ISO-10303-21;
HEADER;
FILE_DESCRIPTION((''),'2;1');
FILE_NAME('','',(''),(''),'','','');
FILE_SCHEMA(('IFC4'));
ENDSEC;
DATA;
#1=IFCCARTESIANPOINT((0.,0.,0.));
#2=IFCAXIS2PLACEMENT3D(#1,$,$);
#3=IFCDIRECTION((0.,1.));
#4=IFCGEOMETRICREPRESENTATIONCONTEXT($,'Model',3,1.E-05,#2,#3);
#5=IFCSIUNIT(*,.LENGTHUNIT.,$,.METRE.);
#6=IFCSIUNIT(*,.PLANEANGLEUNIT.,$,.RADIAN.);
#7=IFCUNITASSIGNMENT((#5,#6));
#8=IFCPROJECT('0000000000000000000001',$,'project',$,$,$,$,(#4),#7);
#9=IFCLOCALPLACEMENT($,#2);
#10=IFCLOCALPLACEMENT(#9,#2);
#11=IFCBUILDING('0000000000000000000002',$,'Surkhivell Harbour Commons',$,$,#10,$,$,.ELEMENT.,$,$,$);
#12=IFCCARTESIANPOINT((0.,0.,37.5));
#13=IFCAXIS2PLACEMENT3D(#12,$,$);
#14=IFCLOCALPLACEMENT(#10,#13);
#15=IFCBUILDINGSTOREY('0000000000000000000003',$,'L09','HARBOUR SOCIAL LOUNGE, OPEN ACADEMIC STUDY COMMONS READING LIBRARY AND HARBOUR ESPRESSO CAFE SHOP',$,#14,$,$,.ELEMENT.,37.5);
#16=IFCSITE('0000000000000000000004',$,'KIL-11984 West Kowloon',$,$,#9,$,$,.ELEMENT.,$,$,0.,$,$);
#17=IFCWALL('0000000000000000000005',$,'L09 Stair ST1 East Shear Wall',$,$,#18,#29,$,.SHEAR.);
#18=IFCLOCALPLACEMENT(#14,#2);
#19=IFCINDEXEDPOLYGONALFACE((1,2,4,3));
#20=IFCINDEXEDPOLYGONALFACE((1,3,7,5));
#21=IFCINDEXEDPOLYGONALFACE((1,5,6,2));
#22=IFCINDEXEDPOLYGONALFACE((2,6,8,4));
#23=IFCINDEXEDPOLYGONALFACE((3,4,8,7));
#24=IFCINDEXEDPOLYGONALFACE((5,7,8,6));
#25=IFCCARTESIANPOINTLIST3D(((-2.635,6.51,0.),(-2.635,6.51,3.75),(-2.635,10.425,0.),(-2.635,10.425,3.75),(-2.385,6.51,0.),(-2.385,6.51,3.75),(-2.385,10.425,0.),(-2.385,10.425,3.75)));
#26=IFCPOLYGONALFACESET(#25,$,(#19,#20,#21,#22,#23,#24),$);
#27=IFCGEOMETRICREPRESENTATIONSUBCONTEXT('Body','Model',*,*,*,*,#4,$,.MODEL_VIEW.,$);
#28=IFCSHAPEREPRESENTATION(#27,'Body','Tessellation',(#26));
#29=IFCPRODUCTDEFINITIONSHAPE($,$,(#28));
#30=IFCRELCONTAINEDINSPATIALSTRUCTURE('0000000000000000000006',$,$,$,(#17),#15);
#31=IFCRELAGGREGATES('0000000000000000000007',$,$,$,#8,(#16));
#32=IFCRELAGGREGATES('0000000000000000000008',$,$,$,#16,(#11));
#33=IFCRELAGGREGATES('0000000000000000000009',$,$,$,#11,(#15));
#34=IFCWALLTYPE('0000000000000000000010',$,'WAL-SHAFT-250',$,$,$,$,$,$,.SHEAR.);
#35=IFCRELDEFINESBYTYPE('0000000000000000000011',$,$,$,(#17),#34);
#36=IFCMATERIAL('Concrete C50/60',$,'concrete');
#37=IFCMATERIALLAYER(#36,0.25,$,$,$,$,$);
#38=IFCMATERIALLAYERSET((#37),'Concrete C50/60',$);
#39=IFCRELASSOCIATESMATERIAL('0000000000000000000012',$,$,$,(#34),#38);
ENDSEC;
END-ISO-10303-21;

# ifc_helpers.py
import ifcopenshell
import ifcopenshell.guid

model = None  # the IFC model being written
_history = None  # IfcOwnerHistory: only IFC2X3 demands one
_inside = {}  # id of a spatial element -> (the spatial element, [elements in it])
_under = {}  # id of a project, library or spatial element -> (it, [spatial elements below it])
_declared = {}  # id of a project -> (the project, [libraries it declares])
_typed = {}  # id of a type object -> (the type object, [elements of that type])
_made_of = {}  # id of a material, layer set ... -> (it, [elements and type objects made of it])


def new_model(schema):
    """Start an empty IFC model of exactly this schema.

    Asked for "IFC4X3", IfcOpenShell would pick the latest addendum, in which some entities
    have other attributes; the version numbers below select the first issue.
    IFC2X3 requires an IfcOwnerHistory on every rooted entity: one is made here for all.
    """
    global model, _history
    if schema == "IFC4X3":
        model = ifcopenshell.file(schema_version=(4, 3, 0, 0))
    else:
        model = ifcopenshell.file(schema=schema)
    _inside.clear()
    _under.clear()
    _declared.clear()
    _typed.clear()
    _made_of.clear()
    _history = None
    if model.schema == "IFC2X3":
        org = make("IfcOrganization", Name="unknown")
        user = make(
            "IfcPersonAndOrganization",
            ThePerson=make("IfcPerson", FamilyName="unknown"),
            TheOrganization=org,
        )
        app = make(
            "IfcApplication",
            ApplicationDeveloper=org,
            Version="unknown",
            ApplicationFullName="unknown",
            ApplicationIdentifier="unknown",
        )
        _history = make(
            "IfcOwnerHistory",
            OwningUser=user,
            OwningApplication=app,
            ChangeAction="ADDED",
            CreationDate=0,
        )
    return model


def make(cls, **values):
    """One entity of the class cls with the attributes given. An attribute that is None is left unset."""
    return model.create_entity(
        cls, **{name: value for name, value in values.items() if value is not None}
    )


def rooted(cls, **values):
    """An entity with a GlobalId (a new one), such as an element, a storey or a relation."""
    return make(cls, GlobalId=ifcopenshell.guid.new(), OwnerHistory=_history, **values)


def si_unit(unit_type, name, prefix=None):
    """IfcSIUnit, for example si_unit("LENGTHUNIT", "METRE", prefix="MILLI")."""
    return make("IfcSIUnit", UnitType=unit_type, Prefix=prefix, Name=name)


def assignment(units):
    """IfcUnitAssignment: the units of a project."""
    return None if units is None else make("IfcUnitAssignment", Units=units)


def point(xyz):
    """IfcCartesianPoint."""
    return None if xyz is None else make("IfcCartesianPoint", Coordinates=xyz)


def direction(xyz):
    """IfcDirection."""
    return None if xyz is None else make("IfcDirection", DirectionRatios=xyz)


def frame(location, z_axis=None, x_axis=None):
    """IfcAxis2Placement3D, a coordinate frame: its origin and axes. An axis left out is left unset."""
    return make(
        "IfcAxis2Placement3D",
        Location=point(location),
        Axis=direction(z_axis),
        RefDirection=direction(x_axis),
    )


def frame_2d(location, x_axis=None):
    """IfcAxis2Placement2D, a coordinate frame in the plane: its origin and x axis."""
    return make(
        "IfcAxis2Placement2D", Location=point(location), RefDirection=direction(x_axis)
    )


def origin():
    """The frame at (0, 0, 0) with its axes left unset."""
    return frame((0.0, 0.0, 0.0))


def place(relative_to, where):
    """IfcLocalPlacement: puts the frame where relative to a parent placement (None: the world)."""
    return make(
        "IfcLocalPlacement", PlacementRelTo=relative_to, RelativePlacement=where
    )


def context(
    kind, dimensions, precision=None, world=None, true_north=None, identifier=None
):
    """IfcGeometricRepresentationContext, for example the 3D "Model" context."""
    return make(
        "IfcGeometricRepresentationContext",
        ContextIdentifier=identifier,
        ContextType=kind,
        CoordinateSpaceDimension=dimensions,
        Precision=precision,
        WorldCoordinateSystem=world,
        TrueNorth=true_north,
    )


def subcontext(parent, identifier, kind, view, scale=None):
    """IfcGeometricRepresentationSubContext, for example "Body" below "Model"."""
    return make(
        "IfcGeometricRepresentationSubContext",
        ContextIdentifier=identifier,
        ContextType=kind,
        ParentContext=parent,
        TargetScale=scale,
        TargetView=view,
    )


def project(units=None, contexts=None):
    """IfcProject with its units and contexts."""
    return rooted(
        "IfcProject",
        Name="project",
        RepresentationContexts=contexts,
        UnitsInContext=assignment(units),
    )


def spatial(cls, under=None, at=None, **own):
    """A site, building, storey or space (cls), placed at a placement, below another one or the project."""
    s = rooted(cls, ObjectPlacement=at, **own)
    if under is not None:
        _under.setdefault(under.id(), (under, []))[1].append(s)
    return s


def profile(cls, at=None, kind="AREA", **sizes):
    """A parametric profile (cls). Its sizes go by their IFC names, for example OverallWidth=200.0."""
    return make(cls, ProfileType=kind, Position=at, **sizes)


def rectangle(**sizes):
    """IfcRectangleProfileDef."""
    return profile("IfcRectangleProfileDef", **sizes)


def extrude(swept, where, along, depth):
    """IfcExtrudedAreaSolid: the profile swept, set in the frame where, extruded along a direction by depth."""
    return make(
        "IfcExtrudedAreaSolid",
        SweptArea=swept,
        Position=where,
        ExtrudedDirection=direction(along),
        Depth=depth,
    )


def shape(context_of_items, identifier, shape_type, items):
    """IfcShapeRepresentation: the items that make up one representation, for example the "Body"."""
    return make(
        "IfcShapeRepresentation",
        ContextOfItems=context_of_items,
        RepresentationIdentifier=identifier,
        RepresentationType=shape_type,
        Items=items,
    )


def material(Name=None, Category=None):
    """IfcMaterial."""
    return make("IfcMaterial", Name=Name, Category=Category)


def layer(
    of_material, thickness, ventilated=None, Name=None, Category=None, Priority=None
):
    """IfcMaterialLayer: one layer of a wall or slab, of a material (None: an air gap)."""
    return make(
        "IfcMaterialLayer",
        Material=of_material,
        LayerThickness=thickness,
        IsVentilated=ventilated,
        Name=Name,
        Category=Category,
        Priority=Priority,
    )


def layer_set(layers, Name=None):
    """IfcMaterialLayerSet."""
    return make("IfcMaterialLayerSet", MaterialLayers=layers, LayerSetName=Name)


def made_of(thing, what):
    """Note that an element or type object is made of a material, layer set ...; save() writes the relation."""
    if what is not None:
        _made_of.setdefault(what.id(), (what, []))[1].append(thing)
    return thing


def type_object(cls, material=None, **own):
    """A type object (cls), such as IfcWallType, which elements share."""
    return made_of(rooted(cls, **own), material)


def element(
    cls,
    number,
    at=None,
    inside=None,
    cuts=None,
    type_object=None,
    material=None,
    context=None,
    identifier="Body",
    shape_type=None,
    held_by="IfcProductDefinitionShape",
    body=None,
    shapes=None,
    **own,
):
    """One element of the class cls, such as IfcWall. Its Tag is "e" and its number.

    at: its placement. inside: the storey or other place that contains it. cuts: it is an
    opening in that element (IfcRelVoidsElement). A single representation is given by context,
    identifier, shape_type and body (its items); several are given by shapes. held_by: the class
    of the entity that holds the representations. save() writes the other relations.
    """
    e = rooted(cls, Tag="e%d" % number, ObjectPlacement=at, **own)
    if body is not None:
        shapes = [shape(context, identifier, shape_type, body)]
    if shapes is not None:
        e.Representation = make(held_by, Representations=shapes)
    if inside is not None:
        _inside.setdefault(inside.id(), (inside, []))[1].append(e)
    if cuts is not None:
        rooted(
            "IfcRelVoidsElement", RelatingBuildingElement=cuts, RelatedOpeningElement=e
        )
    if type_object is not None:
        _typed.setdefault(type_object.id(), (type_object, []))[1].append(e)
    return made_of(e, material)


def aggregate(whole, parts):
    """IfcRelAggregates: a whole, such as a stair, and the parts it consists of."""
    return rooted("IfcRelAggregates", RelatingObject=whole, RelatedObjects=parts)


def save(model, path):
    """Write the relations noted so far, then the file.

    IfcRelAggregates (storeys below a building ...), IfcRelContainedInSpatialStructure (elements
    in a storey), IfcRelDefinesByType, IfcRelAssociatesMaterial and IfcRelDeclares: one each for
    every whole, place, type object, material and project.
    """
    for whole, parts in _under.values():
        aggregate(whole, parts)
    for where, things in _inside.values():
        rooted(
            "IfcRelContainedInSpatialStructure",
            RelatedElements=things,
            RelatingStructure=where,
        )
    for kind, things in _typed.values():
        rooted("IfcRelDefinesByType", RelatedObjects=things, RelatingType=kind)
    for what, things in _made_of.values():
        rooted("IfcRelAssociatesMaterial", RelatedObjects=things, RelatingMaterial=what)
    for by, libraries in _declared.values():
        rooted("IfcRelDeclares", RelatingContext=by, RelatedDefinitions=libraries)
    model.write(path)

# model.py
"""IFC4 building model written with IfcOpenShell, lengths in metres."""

from ifc_helpers import new_model, si_unit, direction, frame, frame_2d, origin, place, context, subcontext, project, spatial, rectangle, extrude, material, layer, layer_set, type_object, element, save


model = new_model("IFC4")

# Units and contexts
model_context = context("Model", 3, precision=1e-05, world=origin(), true_north=direction((0.0, 1.0)))
body_context = subcontext(model_context, "Body", "Model", "MODEL_VIEW")
ifc_project = project(units=[si_unit("LENGTHUNIT", "METRE"), si_unit("PLANEANGLEUNIT", "RADIAN")], contexts=[model_context])

# Site, building, storey
site_placement = place(None, origin())
site = spatial("IfcSite", under=ifc_project, at=site_placement, Name="KIL-11984 West Kowloon", CompositionType="ELEMENT", RefElevation=0.0)
building_placement = place(site_placement, origin())
building = spatial("IfcBuilding", under=site, at=building_placement, Name="Surkhivell Harbour Commons", CompositionType="ELEMENT")
storey_placement = place(building_placement, frame((0.0, 0.0, 37.5)))
storey = spatial("IfcBuildingStorey", under=building, at=storey_placement, Name="L09", Description="HARBOUR SOCIAL LOUNGE, OPEN ACADEMIC STUDY COMMONS READING LIBRARY AND HARBOUR ESPRESSO CAFE SHOP", CompositionType="ELEMENT", Elevation=37.5)

# Shared definitions
ifc_material_1 = material(Name="Concrete C50/60", Category="concrete")
ifc_layer_1 = layer(ifc_material_1, 0.25)
ifc_layer_set_1 = layer_set([ifc_layer_1], Name="Concrete C50/60")
wall_type_1 = type_object("IfcWallType", Name="WAL-SHAFT-250", PredefinedType="SHEAR", material=ifc_layer_set_1)

# Wall
wall_1_placement = place(storey_placement, frame((-2.51, 6.51, 0.0), z_axis=(0.0, 0.0, 1.0), x_axis=(0.0, 1.0, 0.0)))
element("IfcWall", 1, at=wall_1_placement, inside=storey, type_object=wall_type_1, Name="L09 Stair ST1 East Shear Wall", PredefinedType="SHEAR", context=body_context, shape_type="SweptSolid", body=[
    extrude(rectangle(XDim=3.915, YDim=0.25, at=frame_2d((1.9575, 0.0))), origin(), (0.0, 0.0, 1.0), 3.75),
])

save(model, "model.ifc")
